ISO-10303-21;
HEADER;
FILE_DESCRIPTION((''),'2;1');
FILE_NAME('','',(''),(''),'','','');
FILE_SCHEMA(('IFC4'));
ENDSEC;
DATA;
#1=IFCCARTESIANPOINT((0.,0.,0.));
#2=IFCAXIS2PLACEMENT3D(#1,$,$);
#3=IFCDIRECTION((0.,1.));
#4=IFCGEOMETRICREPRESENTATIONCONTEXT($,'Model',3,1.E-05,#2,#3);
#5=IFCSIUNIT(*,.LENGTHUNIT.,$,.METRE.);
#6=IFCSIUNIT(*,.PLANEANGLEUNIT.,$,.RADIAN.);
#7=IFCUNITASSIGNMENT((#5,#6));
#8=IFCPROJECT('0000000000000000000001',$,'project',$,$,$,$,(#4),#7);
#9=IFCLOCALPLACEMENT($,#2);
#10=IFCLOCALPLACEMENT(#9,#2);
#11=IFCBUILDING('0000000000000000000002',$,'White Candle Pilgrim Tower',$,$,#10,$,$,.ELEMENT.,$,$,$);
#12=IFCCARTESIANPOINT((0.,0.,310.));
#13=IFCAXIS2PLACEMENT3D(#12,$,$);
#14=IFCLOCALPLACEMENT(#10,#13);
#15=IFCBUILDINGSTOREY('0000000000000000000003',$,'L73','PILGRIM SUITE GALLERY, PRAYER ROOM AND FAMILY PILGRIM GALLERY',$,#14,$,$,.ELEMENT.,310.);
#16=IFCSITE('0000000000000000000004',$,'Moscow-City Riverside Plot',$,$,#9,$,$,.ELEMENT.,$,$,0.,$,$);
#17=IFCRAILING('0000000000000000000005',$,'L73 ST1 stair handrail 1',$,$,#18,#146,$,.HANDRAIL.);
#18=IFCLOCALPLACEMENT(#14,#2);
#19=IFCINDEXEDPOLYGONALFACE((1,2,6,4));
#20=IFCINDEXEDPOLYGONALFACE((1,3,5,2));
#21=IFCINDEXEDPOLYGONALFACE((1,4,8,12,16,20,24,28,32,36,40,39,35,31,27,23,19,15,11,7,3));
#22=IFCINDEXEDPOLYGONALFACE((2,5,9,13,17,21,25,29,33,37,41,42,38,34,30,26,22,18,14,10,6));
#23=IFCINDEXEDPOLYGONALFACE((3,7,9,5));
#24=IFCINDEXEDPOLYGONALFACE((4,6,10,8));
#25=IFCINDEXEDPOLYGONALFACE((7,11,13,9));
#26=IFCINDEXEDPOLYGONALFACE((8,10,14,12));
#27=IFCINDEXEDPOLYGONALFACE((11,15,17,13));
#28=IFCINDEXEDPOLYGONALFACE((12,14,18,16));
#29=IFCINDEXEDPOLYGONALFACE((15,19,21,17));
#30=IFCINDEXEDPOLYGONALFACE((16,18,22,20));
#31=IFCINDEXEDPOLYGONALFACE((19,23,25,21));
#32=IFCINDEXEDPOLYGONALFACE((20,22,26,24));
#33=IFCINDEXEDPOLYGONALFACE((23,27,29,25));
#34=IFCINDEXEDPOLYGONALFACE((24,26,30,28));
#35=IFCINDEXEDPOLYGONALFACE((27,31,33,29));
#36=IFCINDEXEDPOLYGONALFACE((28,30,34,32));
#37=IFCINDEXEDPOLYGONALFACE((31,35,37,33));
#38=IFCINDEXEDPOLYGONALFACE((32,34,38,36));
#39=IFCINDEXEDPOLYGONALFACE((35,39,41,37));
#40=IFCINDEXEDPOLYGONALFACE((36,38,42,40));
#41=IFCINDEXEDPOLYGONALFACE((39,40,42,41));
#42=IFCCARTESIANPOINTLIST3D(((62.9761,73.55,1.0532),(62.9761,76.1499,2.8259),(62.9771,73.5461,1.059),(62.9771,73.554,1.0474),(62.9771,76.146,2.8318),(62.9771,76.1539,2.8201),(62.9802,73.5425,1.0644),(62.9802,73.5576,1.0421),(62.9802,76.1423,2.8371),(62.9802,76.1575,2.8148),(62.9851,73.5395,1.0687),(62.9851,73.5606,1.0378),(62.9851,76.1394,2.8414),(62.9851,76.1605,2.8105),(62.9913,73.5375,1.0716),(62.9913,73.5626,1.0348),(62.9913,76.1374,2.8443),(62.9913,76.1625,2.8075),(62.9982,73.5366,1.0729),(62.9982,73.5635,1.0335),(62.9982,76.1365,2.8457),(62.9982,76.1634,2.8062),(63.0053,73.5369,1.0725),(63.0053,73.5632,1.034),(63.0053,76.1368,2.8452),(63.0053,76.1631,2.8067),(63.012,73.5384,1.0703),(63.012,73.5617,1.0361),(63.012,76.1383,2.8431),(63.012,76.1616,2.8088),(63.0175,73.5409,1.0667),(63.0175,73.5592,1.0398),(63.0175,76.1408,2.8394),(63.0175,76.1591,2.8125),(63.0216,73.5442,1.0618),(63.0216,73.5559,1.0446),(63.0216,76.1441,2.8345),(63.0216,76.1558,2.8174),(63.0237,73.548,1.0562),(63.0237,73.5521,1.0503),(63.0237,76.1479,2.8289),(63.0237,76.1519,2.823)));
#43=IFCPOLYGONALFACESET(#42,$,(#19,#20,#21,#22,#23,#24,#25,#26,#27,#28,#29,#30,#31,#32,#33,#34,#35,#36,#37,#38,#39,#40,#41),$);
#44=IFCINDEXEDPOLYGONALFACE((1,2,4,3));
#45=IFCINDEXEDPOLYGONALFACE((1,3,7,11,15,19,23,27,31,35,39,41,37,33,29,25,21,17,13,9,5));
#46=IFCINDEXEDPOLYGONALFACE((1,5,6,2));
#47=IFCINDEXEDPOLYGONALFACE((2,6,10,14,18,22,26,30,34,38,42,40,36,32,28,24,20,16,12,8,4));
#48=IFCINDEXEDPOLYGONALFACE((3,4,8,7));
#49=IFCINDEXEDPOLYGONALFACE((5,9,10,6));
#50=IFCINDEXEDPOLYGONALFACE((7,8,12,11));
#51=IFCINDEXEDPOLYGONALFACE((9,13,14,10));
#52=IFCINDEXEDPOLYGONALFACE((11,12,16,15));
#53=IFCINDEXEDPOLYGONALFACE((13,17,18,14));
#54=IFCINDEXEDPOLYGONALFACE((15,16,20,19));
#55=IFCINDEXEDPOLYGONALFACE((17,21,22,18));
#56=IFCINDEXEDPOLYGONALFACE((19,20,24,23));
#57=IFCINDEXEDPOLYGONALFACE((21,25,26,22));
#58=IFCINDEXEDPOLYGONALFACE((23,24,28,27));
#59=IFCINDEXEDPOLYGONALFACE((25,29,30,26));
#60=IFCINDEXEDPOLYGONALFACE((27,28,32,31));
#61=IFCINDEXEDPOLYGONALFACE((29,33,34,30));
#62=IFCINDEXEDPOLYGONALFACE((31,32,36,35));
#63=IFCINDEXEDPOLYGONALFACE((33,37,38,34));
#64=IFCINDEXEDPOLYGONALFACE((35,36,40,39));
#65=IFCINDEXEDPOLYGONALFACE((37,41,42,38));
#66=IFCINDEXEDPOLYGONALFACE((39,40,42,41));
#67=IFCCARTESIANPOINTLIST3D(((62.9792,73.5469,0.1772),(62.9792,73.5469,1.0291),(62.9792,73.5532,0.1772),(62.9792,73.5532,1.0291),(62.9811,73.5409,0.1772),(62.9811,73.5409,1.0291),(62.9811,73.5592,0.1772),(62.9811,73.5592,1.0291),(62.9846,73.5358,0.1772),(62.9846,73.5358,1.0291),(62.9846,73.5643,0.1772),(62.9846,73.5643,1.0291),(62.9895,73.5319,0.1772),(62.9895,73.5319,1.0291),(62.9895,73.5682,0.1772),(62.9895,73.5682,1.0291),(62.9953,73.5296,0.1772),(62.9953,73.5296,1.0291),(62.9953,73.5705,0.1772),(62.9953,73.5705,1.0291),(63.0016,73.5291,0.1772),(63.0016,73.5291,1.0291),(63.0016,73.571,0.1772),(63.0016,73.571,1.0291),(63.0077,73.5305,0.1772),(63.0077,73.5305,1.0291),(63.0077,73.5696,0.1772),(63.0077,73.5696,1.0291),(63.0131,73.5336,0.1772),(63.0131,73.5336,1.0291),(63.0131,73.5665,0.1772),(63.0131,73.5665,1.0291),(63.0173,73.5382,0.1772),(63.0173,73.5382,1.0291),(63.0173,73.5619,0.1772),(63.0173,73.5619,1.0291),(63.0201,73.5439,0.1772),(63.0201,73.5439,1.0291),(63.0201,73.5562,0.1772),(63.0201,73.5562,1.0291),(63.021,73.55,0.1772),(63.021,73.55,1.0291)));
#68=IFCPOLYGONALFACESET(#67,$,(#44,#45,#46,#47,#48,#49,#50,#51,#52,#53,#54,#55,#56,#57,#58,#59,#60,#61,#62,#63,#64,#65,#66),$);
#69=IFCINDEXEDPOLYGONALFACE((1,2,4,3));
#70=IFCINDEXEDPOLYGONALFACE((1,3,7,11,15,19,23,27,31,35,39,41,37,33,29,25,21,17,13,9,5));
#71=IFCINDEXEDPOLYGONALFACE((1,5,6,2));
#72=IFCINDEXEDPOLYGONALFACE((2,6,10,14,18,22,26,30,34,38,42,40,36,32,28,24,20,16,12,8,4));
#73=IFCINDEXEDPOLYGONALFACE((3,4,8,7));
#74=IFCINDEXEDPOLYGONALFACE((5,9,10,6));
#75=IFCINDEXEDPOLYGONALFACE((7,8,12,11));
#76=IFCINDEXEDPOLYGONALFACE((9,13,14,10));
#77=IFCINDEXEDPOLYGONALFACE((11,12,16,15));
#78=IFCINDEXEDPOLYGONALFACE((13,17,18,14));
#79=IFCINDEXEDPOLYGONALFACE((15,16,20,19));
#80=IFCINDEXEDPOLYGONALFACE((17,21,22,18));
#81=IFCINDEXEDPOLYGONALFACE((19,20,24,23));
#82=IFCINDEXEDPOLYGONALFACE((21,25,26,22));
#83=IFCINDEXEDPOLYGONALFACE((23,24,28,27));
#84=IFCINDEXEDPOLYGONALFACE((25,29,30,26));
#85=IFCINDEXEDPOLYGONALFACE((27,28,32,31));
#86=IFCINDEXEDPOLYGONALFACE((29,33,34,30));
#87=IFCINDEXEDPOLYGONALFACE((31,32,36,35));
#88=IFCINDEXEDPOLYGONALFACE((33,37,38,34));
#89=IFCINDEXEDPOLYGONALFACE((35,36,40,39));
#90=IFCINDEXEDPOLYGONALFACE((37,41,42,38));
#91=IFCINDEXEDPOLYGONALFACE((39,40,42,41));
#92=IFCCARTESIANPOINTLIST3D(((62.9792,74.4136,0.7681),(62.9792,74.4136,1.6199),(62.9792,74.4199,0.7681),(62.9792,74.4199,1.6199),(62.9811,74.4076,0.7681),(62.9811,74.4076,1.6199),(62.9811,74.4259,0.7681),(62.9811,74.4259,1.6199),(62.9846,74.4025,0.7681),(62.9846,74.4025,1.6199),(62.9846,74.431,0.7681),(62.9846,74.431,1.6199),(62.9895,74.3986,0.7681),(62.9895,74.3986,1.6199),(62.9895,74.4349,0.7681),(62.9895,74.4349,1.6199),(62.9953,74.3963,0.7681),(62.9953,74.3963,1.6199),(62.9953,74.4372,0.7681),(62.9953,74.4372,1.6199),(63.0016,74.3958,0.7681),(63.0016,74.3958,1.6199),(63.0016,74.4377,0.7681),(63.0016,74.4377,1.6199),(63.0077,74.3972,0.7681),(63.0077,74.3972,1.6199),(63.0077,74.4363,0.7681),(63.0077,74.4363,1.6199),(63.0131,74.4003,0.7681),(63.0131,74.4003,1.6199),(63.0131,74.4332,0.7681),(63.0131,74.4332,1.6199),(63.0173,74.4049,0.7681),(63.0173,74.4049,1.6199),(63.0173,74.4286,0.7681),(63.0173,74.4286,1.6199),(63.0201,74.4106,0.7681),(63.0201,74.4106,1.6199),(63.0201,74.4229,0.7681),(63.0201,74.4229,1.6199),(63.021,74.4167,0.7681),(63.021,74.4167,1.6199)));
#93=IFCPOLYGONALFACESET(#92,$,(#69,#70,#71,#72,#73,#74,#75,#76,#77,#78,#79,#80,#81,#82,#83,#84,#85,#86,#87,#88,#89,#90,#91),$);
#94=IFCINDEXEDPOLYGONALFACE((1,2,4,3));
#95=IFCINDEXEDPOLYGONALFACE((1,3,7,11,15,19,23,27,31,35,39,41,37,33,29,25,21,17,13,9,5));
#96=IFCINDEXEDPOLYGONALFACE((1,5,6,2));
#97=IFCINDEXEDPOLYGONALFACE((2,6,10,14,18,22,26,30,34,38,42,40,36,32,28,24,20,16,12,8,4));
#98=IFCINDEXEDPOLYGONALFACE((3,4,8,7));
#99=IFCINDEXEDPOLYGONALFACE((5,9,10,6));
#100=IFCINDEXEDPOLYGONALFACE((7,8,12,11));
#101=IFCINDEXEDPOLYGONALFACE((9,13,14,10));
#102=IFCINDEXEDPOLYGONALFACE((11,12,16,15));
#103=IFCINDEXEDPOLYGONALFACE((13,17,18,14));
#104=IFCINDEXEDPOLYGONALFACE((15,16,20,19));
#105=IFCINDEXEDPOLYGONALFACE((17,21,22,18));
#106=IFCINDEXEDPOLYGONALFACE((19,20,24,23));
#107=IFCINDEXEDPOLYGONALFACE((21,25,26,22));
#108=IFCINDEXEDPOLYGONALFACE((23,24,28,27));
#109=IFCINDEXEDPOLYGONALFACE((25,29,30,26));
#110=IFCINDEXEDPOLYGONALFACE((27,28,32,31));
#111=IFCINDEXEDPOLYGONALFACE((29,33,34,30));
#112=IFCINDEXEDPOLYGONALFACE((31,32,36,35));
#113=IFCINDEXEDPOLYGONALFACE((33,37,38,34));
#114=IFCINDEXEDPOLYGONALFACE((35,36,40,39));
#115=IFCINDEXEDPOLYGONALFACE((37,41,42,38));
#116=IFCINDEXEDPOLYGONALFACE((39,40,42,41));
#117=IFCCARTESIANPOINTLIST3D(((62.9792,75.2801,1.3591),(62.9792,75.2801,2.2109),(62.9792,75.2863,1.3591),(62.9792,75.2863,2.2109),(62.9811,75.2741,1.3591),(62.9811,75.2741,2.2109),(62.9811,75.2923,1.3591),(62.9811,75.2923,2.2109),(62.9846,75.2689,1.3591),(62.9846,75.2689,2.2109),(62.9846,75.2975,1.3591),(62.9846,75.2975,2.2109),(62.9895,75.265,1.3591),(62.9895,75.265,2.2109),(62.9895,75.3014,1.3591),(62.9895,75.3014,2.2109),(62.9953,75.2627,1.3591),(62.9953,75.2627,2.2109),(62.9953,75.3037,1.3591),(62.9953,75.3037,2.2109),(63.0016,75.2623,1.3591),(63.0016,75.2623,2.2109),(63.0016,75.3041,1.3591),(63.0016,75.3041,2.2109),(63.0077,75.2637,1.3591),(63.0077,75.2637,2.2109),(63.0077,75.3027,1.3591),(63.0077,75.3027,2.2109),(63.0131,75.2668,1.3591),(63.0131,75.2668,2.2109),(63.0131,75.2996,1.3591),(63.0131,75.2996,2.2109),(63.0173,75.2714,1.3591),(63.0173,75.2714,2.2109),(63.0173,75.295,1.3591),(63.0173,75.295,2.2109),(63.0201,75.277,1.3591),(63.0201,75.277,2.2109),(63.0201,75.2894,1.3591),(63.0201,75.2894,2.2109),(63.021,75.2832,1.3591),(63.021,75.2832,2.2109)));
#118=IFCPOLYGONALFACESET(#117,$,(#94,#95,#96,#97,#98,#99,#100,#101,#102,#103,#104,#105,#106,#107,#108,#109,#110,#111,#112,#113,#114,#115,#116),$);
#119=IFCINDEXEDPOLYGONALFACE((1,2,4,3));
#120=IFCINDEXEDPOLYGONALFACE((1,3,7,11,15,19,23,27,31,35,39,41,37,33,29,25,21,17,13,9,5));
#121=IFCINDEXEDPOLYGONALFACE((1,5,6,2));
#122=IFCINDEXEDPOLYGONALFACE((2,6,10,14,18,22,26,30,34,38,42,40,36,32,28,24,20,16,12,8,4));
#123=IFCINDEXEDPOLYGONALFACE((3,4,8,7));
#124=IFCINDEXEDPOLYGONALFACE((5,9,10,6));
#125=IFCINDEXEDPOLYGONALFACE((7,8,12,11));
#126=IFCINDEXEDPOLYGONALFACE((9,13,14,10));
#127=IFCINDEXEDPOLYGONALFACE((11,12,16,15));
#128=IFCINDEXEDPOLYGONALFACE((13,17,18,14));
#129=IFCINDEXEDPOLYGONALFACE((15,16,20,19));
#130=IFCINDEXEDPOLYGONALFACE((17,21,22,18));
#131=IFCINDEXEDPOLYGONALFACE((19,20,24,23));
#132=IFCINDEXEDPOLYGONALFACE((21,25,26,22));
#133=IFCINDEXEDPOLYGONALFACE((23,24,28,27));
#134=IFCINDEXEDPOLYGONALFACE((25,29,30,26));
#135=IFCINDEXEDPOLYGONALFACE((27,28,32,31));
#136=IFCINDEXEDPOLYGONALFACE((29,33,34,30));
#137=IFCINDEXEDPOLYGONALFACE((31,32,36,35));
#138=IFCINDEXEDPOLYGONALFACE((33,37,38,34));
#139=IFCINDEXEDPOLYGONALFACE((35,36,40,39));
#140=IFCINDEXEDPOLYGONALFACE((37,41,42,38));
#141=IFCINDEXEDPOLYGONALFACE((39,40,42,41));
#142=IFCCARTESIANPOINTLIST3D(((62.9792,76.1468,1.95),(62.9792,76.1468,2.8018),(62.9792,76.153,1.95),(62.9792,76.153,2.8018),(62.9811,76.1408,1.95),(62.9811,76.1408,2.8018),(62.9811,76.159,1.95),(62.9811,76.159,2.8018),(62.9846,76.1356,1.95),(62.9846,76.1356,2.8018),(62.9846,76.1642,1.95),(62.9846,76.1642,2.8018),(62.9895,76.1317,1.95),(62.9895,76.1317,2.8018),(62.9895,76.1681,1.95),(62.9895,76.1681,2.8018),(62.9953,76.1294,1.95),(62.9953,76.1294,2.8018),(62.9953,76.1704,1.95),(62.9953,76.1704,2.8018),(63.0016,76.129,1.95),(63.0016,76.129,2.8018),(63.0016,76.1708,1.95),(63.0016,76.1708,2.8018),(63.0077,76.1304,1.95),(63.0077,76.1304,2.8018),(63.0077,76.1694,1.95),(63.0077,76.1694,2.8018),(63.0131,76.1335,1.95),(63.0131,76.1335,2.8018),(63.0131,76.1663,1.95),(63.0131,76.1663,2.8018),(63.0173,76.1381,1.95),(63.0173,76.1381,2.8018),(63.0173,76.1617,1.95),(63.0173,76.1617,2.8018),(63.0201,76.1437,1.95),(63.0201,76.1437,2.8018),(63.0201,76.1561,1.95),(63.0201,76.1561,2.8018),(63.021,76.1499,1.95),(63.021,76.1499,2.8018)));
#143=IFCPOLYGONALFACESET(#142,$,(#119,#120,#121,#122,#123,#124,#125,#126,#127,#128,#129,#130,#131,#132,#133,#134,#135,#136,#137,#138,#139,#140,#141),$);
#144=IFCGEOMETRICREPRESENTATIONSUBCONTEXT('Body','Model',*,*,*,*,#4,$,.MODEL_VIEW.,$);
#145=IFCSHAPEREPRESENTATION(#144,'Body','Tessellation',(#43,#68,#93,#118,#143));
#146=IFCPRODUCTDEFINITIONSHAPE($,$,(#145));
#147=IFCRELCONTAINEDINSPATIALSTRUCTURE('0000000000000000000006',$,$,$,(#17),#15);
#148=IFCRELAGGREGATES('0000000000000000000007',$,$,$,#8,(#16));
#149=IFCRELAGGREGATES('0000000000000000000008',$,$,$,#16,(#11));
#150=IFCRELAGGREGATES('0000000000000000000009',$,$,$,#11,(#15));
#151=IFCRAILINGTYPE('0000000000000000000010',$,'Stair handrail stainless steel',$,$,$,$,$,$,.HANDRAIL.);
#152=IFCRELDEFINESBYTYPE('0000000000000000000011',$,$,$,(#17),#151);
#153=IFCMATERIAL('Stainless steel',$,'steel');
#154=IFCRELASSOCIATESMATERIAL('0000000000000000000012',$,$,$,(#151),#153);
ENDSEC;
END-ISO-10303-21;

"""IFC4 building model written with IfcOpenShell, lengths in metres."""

from ifc_helpers import new_model, si_unit, direction, frame, origin, origin_2d, place, context, subcontext, project, spatial, circle, extrude, material, type_object, element, save


model = new_model("IFC4")

# Units and contexts
model_context = context("Model", 3, precision=1e-05, world=origin(), true_north=direction((0.0, 1.0)))
body_context = subcontext(model_context, "Body", "Model", "MODEL_VIEW")
ifc_project = project(units=[si_unit("LENGTHUNIT", "METRE"), si_unit("PLANEANGLEUNIT", "RADIAN")], contexts=[model_context])

# Site, building, storey
site_placement = place(None, origin())
site = spatial("IfcSite", under=ifc_project, at=site_placement, Name="Moscow-City Riverside Plot", CompositionType="ELEMENT", RefElevation=0.0)
building_placement = place(site_placement, origin())
building = spatial("IfcBuilding", under=site, at=building_placement, Name="White Candle Pilgrim Tower", CompositionType="ELEMENT")
storey_placement = place(building_placement, frame((0.0, 0.0, 310.0)))
storey = spatial("IfcBuildingStorey", under=building, at=storey_placement, Name="L73", Description="PILGRIM SUITE GALLERY, PRAYER ROOM AND FAMILY PILGRIM GALLERY", CompositionType="ELEMENT", Elevation=310.0)

# Railing
ifc_material_1 = material(Name="Stainless steel", Category="steel")
railing_type_1 = type_object("IfcRailingType", Name="Stair handrail stainless steel", PredefinedType="HANDRAIL", material=ifc_material_1)
railing_1_placement = place(storey_placement, frame((63.0, 73.55, 0.1772)))
element("IfcRailing", 1, at=railing_1_placement, inside=storey, type_object=railing_type_1, Name="L73 ST1 stair handrail 1", PredefinedType="HANDRAIL", context=body_context, shape_type="SweptSolid", body=[
    extrude(circle(Radius=0.0239, at=origin_2d()), frame((0.0, 0.0, 0.876), z_axis=(0.0, 0.826216, 0.563354), x_axis=(-1.0, 0.0, 0.0)), (0.0, 0.0, 1.0), 3.1467),
    extrude(circle(Radius=0.021, at=origin_2d()), origin(), (0.0, 0.0, 1.0), 0.8518),
    extrude(circle(Radius=0.021, at=origin_2d()), frame((0.0, 0.8667, 0.5908)), (0.0, 0.0, 1.0), 0.8518),
    extrude(circle(Radius=0.021, at=origin_2d()), frame((0.0, 1.7332, 1.1819)), (0.0, 0.0, 1.0), 0.8518),
    extrude(circle(Radius=0.021, at=origin_2d()), frame((0.0, 2.5999, 1.7727)), (0.0, 0.0, 1.0), 0.8518),
])

save(model, "model.ifc")
